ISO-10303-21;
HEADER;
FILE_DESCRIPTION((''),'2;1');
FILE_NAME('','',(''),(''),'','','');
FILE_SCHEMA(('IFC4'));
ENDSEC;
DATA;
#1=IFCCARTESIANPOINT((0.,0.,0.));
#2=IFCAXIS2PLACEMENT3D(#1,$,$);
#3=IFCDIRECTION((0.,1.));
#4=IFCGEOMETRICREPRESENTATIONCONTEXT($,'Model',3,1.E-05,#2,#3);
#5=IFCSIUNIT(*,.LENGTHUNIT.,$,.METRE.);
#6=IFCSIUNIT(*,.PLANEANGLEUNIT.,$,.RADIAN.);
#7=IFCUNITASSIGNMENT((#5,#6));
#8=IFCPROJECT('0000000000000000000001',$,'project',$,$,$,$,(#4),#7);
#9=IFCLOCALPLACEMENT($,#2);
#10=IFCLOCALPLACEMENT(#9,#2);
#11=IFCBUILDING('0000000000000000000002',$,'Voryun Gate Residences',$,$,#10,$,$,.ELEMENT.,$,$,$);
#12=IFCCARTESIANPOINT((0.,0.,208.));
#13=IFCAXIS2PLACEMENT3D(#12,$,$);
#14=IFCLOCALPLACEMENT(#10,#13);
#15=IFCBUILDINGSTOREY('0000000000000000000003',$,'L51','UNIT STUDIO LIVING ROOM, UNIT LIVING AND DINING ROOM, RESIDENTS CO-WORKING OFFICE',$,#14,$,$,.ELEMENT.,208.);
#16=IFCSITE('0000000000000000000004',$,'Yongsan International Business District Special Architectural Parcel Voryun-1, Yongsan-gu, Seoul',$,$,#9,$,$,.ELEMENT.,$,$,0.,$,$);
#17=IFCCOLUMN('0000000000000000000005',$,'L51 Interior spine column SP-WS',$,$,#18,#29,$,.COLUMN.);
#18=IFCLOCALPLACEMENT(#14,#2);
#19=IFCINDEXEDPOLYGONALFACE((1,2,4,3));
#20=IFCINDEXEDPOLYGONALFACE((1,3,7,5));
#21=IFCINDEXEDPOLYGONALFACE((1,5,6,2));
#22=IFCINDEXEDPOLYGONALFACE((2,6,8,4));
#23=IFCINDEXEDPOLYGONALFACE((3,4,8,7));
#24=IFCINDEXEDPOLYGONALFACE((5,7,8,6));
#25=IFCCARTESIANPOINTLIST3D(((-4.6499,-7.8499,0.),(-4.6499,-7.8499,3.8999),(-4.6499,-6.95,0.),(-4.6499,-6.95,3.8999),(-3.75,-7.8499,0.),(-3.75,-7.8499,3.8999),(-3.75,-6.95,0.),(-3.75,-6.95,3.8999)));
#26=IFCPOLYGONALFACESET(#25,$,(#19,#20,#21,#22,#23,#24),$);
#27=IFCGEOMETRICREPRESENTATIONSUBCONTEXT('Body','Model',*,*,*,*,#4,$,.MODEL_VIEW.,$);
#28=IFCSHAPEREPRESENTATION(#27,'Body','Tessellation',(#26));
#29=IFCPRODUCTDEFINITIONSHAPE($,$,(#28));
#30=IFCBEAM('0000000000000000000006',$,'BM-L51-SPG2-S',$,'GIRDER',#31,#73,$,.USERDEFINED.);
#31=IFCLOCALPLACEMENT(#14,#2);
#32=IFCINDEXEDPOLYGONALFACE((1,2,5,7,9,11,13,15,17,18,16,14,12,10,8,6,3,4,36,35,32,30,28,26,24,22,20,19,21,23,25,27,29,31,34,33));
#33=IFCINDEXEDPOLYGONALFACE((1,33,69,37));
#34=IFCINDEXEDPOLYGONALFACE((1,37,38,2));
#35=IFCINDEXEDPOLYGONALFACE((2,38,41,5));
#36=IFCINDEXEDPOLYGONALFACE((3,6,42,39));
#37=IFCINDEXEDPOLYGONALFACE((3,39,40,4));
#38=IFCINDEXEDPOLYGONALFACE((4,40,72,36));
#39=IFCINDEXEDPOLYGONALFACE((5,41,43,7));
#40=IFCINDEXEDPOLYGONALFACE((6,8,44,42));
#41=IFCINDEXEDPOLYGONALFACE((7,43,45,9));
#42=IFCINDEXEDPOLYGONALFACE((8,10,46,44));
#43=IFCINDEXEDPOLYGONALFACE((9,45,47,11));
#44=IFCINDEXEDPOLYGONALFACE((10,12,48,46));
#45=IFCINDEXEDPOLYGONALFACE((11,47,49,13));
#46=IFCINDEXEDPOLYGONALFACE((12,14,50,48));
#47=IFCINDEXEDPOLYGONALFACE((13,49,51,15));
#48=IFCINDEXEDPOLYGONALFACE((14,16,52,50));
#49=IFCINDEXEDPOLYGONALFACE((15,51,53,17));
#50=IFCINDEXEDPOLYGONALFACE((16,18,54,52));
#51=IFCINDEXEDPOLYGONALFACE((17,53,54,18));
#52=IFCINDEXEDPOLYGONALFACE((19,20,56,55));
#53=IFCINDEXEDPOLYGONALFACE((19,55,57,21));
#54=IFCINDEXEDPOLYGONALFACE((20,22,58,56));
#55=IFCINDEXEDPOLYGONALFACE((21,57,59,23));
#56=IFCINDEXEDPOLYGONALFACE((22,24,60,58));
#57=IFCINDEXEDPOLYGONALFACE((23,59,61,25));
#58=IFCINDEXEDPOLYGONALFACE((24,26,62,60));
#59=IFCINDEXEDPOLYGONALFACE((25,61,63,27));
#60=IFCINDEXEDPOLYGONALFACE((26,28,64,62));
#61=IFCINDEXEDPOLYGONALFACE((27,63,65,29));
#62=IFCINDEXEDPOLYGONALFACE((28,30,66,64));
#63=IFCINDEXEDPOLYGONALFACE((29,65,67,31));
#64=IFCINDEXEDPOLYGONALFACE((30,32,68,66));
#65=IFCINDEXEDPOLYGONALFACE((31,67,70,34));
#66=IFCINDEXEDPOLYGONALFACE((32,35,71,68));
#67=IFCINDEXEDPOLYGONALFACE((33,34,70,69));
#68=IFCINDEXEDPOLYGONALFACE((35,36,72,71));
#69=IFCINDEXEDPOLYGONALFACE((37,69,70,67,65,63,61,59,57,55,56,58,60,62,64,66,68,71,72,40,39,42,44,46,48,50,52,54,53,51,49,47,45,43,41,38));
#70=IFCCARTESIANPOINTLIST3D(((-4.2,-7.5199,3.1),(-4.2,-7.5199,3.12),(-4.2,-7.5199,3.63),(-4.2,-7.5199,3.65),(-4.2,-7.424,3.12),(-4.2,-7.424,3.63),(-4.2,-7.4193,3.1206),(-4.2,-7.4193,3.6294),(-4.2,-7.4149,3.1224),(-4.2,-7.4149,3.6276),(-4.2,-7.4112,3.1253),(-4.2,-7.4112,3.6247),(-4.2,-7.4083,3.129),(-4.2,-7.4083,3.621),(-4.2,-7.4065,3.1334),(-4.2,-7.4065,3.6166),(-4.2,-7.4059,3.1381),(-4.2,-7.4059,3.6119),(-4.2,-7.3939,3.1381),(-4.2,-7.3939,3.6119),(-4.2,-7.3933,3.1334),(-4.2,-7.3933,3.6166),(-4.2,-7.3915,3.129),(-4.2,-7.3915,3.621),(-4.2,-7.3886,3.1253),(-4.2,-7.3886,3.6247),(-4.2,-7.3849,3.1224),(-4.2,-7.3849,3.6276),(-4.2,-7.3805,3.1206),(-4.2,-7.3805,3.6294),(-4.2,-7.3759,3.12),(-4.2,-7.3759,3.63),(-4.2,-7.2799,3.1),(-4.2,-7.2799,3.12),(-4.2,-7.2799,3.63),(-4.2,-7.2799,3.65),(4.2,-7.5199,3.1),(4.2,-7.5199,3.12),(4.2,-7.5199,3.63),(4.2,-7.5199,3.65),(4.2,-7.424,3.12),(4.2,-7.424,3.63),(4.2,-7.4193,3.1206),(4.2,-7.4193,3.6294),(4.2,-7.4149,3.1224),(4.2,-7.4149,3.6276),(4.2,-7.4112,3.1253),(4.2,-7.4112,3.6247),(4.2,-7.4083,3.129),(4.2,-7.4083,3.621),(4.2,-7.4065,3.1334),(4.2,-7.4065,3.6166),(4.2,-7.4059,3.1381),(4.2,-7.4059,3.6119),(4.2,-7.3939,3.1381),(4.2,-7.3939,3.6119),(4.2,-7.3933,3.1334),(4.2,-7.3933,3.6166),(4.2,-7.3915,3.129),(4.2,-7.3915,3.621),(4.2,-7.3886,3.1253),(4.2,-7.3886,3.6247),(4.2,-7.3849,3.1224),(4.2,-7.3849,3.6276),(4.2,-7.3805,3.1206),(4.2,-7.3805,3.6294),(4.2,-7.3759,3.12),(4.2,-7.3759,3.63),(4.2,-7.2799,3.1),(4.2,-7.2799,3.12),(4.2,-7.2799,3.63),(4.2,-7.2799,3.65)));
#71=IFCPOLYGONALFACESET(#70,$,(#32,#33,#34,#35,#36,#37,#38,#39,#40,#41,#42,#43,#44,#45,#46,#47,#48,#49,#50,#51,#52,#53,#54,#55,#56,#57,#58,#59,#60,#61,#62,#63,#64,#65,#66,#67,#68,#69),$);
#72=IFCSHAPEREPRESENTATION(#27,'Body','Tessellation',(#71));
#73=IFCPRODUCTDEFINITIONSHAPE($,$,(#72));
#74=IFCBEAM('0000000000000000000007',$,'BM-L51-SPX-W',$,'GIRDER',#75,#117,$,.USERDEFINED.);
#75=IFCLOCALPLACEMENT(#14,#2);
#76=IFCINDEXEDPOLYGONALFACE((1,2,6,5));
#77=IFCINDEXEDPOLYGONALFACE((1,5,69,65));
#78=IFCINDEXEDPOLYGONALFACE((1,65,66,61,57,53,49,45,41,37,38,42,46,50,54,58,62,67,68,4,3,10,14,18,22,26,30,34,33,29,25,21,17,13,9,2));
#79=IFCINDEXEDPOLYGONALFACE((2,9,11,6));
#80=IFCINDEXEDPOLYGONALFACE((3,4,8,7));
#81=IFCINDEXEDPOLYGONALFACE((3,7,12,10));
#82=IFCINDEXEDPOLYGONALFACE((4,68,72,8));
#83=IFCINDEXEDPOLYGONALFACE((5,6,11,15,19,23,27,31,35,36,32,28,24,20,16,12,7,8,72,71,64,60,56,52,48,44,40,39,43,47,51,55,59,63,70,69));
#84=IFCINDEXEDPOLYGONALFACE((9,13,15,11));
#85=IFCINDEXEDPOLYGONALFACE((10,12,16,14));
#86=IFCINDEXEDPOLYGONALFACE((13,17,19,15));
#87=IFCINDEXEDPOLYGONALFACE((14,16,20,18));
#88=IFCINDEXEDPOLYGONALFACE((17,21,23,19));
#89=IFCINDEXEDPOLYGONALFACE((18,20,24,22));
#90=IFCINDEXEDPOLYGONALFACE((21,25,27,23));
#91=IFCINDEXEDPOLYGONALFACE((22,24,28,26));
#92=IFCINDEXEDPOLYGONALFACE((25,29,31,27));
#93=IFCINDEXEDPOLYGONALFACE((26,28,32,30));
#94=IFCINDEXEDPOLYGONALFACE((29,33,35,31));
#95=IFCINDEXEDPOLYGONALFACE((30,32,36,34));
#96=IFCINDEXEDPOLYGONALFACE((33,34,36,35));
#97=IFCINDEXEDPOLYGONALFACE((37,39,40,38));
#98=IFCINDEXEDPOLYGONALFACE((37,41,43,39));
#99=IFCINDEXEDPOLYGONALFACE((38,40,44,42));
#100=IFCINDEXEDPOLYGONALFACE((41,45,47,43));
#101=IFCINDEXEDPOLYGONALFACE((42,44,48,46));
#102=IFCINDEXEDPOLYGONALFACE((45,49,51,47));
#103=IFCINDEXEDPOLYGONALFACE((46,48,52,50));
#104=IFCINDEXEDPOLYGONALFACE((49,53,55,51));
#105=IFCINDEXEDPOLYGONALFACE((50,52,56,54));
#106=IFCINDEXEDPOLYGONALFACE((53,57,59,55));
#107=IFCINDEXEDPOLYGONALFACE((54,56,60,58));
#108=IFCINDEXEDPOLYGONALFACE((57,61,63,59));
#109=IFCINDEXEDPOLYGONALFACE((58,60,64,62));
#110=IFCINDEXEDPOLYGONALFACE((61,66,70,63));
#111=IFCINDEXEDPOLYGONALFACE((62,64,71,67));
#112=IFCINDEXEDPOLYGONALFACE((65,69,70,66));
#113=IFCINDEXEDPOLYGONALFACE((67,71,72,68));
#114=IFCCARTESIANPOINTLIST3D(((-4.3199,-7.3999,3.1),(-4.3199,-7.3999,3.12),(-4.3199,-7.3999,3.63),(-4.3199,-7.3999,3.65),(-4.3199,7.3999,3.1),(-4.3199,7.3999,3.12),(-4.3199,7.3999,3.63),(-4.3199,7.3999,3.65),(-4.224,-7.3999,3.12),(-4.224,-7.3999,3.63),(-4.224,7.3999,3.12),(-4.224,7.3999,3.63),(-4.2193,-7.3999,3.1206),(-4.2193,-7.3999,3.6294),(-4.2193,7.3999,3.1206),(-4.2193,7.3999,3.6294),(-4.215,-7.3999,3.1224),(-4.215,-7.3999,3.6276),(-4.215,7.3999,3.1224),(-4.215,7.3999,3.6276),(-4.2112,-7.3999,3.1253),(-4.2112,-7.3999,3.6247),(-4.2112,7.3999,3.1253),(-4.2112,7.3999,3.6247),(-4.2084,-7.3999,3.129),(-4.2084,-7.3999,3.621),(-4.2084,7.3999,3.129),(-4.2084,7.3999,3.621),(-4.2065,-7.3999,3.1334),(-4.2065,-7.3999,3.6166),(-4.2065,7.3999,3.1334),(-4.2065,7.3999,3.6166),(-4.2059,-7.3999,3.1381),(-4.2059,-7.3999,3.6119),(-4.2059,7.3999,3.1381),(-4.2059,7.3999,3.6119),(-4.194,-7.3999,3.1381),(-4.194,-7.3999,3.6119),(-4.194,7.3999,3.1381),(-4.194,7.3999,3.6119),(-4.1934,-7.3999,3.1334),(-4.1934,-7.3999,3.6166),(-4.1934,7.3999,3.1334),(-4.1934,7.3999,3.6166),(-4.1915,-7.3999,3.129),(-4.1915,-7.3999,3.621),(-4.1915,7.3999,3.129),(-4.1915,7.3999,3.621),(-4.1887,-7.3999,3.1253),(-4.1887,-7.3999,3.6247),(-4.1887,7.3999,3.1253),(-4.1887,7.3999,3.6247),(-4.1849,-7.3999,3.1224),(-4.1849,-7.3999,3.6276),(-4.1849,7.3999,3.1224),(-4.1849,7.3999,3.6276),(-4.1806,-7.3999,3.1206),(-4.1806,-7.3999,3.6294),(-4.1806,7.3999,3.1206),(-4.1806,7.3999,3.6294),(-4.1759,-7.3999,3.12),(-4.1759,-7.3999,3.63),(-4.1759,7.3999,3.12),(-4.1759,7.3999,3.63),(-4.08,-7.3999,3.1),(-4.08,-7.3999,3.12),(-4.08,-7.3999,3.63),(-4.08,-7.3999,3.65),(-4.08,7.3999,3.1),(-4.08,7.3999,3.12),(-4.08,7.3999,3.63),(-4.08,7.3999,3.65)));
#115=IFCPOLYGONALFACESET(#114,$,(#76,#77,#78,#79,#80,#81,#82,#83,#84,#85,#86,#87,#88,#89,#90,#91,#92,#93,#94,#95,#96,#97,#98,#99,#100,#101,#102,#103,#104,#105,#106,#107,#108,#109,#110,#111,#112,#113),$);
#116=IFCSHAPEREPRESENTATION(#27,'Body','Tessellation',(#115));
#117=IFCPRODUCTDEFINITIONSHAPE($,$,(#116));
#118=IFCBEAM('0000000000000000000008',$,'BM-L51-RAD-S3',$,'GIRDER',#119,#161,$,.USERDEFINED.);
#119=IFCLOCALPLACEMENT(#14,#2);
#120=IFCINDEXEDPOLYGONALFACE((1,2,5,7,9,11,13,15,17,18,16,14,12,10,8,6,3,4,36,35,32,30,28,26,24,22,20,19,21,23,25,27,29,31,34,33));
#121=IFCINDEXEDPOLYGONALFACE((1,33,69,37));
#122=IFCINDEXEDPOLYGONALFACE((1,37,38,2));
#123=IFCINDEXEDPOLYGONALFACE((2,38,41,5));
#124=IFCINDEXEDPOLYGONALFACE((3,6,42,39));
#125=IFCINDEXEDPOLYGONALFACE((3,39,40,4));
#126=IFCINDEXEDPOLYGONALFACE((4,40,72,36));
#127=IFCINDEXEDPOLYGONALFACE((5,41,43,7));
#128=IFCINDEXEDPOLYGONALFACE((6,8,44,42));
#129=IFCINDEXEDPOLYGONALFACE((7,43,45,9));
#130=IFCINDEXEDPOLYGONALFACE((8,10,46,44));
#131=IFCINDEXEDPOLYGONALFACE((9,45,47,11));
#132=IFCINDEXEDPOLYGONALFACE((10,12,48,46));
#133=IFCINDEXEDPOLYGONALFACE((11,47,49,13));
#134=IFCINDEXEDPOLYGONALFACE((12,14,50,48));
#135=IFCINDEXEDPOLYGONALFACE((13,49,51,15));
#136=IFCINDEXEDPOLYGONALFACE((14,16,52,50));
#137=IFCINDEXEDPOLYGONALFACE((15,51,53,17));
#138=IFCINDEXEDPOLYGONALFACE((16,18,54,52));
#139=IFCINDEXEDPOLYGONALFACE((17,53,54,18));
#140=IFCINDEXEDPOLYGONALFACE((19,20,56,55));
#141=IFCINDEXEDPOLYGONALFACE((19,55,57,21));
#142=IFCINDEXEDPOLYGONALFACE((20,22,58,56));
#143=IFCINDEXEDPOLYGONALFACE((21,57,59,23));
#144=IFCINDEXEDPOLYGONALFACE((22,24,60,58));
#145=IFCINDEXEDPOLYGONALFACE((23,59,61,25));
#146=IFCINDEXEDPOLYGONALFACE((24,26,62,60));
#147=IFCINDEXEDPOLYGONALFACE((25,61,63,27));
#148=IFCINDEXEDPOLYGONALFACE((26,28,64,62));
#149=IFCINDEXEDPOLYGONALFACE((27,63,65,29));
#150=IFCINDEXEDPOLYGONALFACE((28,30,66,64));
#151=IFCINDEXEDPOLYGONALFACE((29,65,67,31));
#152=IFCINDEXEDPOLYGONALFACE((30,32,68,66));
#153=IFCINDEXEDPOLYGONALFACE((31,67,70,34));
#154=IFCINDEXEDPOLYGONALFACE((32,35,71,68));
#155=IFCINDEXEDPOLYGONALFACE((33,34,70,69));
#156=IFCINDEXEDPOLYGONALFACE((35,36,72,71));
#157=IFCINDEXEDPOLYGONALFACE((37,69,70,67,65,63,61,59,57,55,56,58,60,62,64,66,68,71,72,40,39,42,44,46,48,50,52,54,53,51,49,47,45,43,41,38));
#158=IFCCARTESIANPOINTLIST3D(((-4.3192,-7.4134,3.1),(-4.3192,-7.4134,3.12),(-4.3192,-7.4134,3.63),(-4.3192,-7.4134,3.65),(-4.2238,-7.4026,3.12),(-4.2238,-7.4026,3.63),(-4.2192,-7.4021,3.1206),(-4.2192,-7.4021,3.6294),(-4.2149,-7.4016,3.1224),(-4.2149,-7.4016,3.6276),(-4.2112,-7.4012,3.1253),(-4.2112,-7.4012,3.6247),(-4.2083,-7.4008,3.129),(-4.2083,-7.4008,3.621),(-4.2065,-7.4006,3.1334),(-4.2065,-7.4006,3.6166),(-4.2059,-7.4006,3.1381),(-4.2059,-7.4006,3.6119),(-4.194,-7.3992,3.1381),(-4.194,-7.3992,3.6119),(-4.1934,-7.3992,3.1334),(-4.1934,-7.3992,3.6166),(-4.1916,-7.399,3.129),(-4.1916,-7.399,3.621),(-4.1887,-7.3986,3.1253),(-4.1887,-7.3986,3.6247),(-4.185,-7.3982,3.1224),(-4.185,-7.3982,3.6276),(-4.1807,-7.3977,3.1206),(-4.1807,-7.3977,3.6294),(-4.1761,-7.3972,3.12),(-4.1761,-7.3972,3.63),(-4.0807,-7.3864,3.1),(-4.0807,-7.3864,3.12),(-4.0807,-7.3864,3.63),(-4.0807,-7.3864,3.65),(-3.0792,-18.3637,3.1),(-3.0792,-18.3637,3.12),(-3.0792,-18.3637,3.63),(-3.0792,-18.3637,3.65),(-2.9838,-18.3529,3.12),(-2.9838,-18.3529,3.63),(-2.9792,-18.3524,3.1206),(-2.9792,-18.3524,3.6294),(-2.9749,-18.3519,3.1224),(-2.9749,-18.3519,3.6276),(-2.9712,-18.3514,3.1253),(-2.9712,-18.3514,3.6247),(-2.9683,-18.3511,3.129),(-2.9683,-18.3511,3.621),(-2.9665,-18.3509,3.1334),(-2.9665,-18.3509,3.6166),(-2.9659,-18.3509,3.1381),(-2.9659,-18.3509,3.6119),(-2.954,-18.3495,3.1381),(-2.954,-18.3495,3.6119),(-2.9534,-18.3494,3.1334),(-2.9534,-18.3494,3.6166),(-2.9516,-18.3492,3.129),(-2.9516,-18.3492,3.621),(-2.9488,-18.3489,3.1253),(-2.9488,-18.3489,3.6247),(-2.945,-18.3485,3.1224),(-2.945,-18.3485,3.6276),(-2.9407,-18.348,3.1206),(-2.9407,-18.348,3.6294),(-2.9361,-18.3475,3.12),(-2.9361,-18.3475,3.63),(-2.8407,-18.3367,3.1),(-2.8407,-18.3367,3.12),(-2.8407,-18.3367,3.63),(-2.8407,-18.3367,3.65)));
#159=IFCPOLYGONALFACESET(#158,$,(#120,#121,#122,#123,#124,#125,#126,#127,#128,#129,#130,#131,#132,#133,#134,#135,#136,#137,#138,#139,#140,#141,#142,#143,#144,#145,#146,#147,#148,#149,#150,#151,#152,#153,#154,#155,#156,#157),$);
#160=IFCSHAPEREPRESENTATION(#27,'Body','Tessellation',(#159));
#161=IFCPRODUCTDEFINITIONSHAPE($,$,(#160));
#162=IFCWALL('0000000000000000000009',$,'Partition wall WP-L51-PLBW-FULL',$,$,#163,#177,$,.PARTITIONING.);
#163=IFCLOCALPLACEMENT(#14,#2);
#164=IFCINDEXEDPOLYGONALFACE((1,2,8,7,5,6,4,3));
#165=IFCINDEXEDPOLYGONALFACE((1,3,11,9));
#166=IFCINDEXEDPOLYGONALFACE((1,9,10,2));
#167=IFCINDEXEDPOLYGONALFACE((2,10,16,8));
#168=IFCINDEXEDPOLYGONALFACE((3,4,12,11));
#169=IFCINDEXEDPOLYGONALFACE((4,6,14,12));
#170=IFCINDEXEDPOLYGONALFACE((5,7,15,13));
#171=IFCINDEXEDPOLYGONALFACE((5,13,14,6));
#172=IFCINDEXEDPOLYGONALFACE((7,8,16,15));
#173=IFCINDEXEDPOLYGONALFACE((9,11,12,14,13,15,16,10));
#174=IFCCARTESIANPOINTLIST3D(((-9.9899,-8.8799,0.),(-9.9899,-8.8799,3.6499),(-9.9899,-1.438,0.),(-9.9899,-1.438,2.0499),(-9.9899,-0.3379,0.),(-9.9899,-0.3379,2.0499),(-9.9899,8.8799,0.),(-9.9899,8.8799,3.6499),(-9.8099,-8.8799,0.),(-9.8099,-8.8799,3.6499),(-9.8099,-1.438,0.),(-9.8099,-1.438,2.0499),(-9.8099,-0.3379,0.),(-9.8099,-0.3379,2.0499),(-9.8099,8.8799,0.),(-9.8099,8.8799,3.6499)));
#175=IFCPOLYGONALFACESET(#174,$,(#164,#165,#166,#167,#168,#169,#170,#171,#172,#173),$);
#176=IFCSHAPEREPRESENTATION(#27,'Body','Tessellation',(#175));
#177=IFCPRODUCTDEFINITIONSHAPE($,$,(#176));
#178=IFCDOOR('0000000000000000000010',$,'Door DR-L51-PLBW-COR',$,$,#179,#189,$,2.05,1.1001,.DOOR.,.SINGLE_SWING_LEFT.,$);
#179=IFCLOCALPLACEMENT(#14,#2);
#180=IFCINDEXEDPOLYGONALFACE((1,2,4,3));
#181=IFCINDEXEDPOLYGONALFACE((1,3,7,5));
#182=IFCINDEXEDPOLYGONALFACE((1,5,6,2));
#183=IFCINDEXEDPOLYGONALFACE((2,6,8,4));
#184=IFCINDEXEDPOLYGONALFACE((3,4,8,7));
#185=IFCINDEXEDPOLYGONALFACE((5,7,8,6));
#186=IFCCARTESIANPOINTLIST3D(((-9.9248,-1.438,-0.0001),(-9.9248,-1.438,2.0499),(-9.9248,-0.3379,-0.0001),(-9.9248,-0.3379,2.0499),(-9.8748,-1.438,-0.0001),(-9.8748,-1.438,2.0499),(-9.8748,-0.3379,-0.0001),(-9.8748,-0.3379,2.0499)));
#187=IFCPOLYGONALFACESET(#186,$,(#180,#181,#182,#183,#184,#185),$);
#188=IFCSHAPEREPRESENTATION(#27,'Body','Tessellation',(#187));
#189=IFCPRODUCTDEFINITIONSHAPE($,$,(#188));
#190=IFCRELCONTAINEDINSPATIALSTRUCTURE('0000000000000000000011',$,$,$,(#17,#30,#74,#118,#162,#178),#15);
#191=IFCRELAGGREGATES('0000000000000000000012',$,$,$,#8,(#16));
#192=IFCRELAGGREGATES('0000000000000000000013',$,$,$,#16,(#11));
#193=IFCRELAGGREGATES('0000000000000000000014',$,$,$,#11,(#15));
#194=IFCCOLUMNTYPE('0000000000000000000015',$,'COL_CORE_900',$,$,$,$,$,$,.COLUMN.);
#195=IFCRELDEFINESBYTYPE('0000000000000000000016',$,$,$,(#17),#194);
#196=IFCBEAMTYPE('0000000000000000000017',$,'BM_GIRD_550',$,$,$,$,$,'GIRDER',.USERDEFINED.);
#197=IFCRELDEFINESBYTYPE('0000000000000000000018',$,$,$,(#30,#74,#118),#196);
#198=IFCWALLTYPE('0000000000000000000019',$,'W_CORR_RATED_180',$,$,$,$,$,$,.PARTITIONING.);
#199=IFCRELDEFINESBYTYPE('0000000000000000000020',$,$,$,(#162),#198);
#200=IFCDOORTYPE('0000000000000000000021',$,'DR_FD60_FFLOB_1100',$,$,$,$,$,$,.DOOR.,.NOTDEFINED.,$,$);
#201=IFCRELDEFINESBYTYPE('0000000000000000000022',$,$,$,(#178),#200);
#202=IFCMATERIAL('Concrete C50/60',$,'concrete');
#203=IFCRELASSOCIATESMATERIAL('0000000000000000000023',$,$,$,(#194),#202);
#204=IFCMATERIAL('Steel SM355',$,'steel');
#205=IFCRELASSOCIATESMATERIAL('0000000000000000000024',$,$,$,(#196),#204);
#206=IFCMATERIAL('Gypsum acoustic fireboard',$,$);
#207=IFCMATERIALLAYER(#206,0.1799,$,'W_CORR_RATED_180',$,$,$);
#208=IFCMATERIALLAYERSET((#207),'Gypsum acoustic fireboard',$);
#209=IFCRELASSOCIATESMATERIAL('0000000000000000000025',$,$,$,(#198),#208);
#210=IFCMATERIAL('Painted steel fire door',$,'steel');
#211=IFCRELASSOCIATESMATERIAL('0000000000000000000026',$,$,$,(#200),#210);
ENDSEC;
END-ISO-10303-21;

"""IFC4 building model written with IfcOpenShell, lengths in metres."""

from ifc_helpers import new_model, si_unit, direction, frame, frame_2d, origin, origin_2d, place, context, subcontext, project, spatial, rectangle, i_section, extrude, material, layer, layer_set, material_profile, profile_set, type_object, element, fill, save


model = new_model("IFC4")

# Units and contexts
model_context = context("Model", 3, precision=1e-05, world=origin(), true_north=direction((0.0, 1.0)))
body_context = subcontext(model_context, "Body", "Model", "MODEL_VIEW")
ifc_project = project(units=[si_unit("LENGTHUNIT", "METRE"), si_unit("PLANEANGLEUNIT", "RADIAN")], contexts=[model_context])

# Site, building, storey
site_placement = place(None, origin())
site = spatial("IfcSite", under=ifc_project, at=site_placement, Name="Yongsan International Business District Special Architectural Parcel Voryun-1, Yongsan-gu, Seoul", CompositionType="ELEMENT", RefElevation=0.0)
building_placement = place(site_placement, origin())
building = spatial("IfcBuilding", under=site, at=building_placement, Name="Voryun Gate Residences", CompositionType="ELEMENT")
storey_placement = place(building_placement, frame((0.0, 0.0, 208.0)))
storey = spatial("IfcBuildingStorey", under=building, at=storey_placement, Name="L51", Description="UNIT STUDIO LIVING ROOM, UNIT LIVING AND DINING ROOM, RESIDENTS CO-WORKING OFFICE", CompositionType="ELEMENT", Elevation=208.0)

# Column
ifc_material_1 = material(Name="Concrete C50/60", Category="concrete")
ifc_material_profile_1 = material_profile(ifc_material_1, rectangle(XDim=0.8999, YDim=0.8999, at=origin_2d()), Name="RC-900x900")
ifc_profile_set_1 = profile_set([ifc_material_profile_1], Name="Concrete C50/60")
column_type = type_object("IfcColumnType", Name="COL_CORE_900", PredefinedType="COLUMN", material=ifc_profile_set_1)
column_placement = place(storey_placement, frame((-4.2, -7.3999, 0.0), z_axis=(0.0, 0.0, 1.0), x_axis=(1.0, 0.0, 0.0)))
element("IfcColumn", 1, at=column_placement, inside=storey, type_object=column_type, Name="L51 Interior spine column SP-WS", PredefinedType="COLUMN", context=body_context, shape_type="SweptSolid", body=[
    extrude(rectangle(XDim=0.8999, YDim=0.8999, at=origin_2d()), origin(), (0.0, 0.0, 1.0), 3.8999),
])

# Beams
ifc_material_2 = material(Name="Steel SM355", Category="steel")
ifc_material_profile_2 = material_profile(ifc_material_2, i_section(OverallWidth=0.24, OverallDepth=0.55, WebThickness=0.012, FlangeThickness=0.02, FilletRadius=0.0181, at=origin_2d()), Name="H-550x240x12x20")
ifc_profile_set_2 = profile_set([ifc_material_profile_2], Name="Steel SM355")
beam_type = type_object("IfcBeamType", Name="BM_GIRD_550", ElementType="GIRDER", PredefinedType="USERDEFINED", material=ifc_profile_set_2)
beam_1_placement = place(storey_placement, frame((-4.2, -7.3999, 3.375), z_axis=(1.0, 0.0, 0.0), x_axis=(0.0, 1.0, 0.0)))
element("IfcBeam", 2, at=beam_1_placement, inside=storey, type_object=beam_type, Name="BM-L51-SPG2-S", ObjectType="GIRDER", PredefinedType="USERDEFINED", context=body_context, shape_type="SweptSolid", body=[
    extrude(i_section(OverallWidth=0.24, OverallDepth=0.55, WebThickness=0.012, FlangeThickness=0.02, FilletRadius=0.0181, at=origin_2d()), origin(), (0.0, 0.0, 1.0), 8.3999),
])
beam_2_placement = place(storey_placement, frame((-4.2, -7.3999, 3.375), z_axis=(0.0, 1.0, 0.0), x_axis=(-1.0, 0.0, 0.0)))
element("IfcBeam", 3, at=beam_2_placement, inside=storey, type_object=beam_type, Name="BM-L51-SPX-W", ObjectType="GIRDER", PredefinedType="USERDEFINED", context=body_context, shape_type="SweptSolid", body=[
    extrude(i_section(OverallWidth=0.24, OverallDepth=0.55, WebThickness=0.012, FlangeThickness=0.02, FilletRadius=0.0181, at=origin_2d()), origin(), (0.0, 0.0, 1.0), 14.7998),
])
beam_3_placement = place(storey_placement, frame((-4.2, -7.3999, 3.375), z_axis=(0.11252, -0.993649, 0.0), x_axis=(0.993649, 0.11252, 0.0)))
element("IfcBeam", 4, at=beam_3_placement, inside=storey, type_object=beam_type, Name="BM-L51-RAD-S3", ObjectType="GIRDER", PredefinedType="USERDEFINED", context=body_context, shape_type="SweptSolid", body=[
    extrude(i_section(OverallWidth=0.24, OverallDepth=0.55, WebThickness=0.012, FlangeThickness=0.02, FilletRadius=0.0181, at=origin_2d()), origin(), (0.0, 0.0, 1.0), 11.0203),
])

# Wall, opening, door
ifc_material_3 = material(Name="Gypsum acoustic fireboard")
ifc_layer_1 = layer(ifc_material_3, 0.1799, Name="W_CORR_RATED_180")
ifc_layer_set_1 = layer_set([ifc_layer_1], Name="Gypsum acoustic fireboard")
wall_type_1 = type_object("IfcWallType", Name="W_CORR_RATED_180", PredefinedType="PARTITIONING", material=ifc_layer_set_1)
wall_1_placement = place(storey_placement, frame((-9.8999, -8.8799, 0.0), z_axis=(0.0, 0.0, 1.0), x_axis=(0.0, 1.0, 0.0)))
wall_1 = element("IfcWall", 5, at=wall_1_placement, inside=storey, type_object=wall_type_1, Name="Partition wall WP-L51-PLBW-FULL", PredefinedType="PARTITIONING", context=body_context, shape_type="SweptSolid", body=[
    extrude(rectangle(XDim=17.7598, YDim=0.1799, at=frame_2d((8.8799, 0.0))), origin(), (0.0, 0.0, 1.0), 3.6499),
])
opening_1_placement = place(wall_1_placement, frame((7.4419, 0.0, 0.0)))
opening_1 = element("IfcOpeningElement", 6, at=opening_1_placement, cuts=wall_1, PredefinedType="OPENING", context=body_context, shape_type="SweptSolid", body=[
    extrude(rectangle(XDim=1.1001, YDim=2.05, at=frame_2d((0.55, 1.0249))), frame((0.0, 0.0999, 0.0), z_axis=(0.0, -1.0, 0.0), x_axis=(1.0, 0.0, 0.0)), (0.0, 0.0, 1.0), 0.2),
])
ifc_material_4 = material(Name="Painted steel fire door", Category="steel")
door_type_1 = type_object("IfcDoorType", Name="DR_FD60_FFLOB_1100", OperationType="NOTDEFINED", PredefinedType="DOOR", material=ifc_material_4)
door_1_placement = place(opening_1_placement, origin())
door_1 = element("IfcDoor", 7, at=door_1_placement, inside=storey, type_object=door_type_1, Name="Door DR-L51-PLBW-COR", OperationType="SINGLE_SWING_LEFT", OverallHeight=2.05, OverallWidth=1.1001, PredefinedType="DOOR", context=body_context, shape_type="SweptSolid", body=[
    extrude(rectangle(XDim=1.1001, YDim=2.05, at=frame_2d((0.55, 1.0249))), frame((0.0, 0.0249, 0.0), z_axis=(0.0, -1.0, 0.0), x_axis=(1.0, 0.0, 0.0)), (0.0, 0.0, 1.0), 0.05),
])
fill(opening_1, door_1)

save(model, "model.ifc")
